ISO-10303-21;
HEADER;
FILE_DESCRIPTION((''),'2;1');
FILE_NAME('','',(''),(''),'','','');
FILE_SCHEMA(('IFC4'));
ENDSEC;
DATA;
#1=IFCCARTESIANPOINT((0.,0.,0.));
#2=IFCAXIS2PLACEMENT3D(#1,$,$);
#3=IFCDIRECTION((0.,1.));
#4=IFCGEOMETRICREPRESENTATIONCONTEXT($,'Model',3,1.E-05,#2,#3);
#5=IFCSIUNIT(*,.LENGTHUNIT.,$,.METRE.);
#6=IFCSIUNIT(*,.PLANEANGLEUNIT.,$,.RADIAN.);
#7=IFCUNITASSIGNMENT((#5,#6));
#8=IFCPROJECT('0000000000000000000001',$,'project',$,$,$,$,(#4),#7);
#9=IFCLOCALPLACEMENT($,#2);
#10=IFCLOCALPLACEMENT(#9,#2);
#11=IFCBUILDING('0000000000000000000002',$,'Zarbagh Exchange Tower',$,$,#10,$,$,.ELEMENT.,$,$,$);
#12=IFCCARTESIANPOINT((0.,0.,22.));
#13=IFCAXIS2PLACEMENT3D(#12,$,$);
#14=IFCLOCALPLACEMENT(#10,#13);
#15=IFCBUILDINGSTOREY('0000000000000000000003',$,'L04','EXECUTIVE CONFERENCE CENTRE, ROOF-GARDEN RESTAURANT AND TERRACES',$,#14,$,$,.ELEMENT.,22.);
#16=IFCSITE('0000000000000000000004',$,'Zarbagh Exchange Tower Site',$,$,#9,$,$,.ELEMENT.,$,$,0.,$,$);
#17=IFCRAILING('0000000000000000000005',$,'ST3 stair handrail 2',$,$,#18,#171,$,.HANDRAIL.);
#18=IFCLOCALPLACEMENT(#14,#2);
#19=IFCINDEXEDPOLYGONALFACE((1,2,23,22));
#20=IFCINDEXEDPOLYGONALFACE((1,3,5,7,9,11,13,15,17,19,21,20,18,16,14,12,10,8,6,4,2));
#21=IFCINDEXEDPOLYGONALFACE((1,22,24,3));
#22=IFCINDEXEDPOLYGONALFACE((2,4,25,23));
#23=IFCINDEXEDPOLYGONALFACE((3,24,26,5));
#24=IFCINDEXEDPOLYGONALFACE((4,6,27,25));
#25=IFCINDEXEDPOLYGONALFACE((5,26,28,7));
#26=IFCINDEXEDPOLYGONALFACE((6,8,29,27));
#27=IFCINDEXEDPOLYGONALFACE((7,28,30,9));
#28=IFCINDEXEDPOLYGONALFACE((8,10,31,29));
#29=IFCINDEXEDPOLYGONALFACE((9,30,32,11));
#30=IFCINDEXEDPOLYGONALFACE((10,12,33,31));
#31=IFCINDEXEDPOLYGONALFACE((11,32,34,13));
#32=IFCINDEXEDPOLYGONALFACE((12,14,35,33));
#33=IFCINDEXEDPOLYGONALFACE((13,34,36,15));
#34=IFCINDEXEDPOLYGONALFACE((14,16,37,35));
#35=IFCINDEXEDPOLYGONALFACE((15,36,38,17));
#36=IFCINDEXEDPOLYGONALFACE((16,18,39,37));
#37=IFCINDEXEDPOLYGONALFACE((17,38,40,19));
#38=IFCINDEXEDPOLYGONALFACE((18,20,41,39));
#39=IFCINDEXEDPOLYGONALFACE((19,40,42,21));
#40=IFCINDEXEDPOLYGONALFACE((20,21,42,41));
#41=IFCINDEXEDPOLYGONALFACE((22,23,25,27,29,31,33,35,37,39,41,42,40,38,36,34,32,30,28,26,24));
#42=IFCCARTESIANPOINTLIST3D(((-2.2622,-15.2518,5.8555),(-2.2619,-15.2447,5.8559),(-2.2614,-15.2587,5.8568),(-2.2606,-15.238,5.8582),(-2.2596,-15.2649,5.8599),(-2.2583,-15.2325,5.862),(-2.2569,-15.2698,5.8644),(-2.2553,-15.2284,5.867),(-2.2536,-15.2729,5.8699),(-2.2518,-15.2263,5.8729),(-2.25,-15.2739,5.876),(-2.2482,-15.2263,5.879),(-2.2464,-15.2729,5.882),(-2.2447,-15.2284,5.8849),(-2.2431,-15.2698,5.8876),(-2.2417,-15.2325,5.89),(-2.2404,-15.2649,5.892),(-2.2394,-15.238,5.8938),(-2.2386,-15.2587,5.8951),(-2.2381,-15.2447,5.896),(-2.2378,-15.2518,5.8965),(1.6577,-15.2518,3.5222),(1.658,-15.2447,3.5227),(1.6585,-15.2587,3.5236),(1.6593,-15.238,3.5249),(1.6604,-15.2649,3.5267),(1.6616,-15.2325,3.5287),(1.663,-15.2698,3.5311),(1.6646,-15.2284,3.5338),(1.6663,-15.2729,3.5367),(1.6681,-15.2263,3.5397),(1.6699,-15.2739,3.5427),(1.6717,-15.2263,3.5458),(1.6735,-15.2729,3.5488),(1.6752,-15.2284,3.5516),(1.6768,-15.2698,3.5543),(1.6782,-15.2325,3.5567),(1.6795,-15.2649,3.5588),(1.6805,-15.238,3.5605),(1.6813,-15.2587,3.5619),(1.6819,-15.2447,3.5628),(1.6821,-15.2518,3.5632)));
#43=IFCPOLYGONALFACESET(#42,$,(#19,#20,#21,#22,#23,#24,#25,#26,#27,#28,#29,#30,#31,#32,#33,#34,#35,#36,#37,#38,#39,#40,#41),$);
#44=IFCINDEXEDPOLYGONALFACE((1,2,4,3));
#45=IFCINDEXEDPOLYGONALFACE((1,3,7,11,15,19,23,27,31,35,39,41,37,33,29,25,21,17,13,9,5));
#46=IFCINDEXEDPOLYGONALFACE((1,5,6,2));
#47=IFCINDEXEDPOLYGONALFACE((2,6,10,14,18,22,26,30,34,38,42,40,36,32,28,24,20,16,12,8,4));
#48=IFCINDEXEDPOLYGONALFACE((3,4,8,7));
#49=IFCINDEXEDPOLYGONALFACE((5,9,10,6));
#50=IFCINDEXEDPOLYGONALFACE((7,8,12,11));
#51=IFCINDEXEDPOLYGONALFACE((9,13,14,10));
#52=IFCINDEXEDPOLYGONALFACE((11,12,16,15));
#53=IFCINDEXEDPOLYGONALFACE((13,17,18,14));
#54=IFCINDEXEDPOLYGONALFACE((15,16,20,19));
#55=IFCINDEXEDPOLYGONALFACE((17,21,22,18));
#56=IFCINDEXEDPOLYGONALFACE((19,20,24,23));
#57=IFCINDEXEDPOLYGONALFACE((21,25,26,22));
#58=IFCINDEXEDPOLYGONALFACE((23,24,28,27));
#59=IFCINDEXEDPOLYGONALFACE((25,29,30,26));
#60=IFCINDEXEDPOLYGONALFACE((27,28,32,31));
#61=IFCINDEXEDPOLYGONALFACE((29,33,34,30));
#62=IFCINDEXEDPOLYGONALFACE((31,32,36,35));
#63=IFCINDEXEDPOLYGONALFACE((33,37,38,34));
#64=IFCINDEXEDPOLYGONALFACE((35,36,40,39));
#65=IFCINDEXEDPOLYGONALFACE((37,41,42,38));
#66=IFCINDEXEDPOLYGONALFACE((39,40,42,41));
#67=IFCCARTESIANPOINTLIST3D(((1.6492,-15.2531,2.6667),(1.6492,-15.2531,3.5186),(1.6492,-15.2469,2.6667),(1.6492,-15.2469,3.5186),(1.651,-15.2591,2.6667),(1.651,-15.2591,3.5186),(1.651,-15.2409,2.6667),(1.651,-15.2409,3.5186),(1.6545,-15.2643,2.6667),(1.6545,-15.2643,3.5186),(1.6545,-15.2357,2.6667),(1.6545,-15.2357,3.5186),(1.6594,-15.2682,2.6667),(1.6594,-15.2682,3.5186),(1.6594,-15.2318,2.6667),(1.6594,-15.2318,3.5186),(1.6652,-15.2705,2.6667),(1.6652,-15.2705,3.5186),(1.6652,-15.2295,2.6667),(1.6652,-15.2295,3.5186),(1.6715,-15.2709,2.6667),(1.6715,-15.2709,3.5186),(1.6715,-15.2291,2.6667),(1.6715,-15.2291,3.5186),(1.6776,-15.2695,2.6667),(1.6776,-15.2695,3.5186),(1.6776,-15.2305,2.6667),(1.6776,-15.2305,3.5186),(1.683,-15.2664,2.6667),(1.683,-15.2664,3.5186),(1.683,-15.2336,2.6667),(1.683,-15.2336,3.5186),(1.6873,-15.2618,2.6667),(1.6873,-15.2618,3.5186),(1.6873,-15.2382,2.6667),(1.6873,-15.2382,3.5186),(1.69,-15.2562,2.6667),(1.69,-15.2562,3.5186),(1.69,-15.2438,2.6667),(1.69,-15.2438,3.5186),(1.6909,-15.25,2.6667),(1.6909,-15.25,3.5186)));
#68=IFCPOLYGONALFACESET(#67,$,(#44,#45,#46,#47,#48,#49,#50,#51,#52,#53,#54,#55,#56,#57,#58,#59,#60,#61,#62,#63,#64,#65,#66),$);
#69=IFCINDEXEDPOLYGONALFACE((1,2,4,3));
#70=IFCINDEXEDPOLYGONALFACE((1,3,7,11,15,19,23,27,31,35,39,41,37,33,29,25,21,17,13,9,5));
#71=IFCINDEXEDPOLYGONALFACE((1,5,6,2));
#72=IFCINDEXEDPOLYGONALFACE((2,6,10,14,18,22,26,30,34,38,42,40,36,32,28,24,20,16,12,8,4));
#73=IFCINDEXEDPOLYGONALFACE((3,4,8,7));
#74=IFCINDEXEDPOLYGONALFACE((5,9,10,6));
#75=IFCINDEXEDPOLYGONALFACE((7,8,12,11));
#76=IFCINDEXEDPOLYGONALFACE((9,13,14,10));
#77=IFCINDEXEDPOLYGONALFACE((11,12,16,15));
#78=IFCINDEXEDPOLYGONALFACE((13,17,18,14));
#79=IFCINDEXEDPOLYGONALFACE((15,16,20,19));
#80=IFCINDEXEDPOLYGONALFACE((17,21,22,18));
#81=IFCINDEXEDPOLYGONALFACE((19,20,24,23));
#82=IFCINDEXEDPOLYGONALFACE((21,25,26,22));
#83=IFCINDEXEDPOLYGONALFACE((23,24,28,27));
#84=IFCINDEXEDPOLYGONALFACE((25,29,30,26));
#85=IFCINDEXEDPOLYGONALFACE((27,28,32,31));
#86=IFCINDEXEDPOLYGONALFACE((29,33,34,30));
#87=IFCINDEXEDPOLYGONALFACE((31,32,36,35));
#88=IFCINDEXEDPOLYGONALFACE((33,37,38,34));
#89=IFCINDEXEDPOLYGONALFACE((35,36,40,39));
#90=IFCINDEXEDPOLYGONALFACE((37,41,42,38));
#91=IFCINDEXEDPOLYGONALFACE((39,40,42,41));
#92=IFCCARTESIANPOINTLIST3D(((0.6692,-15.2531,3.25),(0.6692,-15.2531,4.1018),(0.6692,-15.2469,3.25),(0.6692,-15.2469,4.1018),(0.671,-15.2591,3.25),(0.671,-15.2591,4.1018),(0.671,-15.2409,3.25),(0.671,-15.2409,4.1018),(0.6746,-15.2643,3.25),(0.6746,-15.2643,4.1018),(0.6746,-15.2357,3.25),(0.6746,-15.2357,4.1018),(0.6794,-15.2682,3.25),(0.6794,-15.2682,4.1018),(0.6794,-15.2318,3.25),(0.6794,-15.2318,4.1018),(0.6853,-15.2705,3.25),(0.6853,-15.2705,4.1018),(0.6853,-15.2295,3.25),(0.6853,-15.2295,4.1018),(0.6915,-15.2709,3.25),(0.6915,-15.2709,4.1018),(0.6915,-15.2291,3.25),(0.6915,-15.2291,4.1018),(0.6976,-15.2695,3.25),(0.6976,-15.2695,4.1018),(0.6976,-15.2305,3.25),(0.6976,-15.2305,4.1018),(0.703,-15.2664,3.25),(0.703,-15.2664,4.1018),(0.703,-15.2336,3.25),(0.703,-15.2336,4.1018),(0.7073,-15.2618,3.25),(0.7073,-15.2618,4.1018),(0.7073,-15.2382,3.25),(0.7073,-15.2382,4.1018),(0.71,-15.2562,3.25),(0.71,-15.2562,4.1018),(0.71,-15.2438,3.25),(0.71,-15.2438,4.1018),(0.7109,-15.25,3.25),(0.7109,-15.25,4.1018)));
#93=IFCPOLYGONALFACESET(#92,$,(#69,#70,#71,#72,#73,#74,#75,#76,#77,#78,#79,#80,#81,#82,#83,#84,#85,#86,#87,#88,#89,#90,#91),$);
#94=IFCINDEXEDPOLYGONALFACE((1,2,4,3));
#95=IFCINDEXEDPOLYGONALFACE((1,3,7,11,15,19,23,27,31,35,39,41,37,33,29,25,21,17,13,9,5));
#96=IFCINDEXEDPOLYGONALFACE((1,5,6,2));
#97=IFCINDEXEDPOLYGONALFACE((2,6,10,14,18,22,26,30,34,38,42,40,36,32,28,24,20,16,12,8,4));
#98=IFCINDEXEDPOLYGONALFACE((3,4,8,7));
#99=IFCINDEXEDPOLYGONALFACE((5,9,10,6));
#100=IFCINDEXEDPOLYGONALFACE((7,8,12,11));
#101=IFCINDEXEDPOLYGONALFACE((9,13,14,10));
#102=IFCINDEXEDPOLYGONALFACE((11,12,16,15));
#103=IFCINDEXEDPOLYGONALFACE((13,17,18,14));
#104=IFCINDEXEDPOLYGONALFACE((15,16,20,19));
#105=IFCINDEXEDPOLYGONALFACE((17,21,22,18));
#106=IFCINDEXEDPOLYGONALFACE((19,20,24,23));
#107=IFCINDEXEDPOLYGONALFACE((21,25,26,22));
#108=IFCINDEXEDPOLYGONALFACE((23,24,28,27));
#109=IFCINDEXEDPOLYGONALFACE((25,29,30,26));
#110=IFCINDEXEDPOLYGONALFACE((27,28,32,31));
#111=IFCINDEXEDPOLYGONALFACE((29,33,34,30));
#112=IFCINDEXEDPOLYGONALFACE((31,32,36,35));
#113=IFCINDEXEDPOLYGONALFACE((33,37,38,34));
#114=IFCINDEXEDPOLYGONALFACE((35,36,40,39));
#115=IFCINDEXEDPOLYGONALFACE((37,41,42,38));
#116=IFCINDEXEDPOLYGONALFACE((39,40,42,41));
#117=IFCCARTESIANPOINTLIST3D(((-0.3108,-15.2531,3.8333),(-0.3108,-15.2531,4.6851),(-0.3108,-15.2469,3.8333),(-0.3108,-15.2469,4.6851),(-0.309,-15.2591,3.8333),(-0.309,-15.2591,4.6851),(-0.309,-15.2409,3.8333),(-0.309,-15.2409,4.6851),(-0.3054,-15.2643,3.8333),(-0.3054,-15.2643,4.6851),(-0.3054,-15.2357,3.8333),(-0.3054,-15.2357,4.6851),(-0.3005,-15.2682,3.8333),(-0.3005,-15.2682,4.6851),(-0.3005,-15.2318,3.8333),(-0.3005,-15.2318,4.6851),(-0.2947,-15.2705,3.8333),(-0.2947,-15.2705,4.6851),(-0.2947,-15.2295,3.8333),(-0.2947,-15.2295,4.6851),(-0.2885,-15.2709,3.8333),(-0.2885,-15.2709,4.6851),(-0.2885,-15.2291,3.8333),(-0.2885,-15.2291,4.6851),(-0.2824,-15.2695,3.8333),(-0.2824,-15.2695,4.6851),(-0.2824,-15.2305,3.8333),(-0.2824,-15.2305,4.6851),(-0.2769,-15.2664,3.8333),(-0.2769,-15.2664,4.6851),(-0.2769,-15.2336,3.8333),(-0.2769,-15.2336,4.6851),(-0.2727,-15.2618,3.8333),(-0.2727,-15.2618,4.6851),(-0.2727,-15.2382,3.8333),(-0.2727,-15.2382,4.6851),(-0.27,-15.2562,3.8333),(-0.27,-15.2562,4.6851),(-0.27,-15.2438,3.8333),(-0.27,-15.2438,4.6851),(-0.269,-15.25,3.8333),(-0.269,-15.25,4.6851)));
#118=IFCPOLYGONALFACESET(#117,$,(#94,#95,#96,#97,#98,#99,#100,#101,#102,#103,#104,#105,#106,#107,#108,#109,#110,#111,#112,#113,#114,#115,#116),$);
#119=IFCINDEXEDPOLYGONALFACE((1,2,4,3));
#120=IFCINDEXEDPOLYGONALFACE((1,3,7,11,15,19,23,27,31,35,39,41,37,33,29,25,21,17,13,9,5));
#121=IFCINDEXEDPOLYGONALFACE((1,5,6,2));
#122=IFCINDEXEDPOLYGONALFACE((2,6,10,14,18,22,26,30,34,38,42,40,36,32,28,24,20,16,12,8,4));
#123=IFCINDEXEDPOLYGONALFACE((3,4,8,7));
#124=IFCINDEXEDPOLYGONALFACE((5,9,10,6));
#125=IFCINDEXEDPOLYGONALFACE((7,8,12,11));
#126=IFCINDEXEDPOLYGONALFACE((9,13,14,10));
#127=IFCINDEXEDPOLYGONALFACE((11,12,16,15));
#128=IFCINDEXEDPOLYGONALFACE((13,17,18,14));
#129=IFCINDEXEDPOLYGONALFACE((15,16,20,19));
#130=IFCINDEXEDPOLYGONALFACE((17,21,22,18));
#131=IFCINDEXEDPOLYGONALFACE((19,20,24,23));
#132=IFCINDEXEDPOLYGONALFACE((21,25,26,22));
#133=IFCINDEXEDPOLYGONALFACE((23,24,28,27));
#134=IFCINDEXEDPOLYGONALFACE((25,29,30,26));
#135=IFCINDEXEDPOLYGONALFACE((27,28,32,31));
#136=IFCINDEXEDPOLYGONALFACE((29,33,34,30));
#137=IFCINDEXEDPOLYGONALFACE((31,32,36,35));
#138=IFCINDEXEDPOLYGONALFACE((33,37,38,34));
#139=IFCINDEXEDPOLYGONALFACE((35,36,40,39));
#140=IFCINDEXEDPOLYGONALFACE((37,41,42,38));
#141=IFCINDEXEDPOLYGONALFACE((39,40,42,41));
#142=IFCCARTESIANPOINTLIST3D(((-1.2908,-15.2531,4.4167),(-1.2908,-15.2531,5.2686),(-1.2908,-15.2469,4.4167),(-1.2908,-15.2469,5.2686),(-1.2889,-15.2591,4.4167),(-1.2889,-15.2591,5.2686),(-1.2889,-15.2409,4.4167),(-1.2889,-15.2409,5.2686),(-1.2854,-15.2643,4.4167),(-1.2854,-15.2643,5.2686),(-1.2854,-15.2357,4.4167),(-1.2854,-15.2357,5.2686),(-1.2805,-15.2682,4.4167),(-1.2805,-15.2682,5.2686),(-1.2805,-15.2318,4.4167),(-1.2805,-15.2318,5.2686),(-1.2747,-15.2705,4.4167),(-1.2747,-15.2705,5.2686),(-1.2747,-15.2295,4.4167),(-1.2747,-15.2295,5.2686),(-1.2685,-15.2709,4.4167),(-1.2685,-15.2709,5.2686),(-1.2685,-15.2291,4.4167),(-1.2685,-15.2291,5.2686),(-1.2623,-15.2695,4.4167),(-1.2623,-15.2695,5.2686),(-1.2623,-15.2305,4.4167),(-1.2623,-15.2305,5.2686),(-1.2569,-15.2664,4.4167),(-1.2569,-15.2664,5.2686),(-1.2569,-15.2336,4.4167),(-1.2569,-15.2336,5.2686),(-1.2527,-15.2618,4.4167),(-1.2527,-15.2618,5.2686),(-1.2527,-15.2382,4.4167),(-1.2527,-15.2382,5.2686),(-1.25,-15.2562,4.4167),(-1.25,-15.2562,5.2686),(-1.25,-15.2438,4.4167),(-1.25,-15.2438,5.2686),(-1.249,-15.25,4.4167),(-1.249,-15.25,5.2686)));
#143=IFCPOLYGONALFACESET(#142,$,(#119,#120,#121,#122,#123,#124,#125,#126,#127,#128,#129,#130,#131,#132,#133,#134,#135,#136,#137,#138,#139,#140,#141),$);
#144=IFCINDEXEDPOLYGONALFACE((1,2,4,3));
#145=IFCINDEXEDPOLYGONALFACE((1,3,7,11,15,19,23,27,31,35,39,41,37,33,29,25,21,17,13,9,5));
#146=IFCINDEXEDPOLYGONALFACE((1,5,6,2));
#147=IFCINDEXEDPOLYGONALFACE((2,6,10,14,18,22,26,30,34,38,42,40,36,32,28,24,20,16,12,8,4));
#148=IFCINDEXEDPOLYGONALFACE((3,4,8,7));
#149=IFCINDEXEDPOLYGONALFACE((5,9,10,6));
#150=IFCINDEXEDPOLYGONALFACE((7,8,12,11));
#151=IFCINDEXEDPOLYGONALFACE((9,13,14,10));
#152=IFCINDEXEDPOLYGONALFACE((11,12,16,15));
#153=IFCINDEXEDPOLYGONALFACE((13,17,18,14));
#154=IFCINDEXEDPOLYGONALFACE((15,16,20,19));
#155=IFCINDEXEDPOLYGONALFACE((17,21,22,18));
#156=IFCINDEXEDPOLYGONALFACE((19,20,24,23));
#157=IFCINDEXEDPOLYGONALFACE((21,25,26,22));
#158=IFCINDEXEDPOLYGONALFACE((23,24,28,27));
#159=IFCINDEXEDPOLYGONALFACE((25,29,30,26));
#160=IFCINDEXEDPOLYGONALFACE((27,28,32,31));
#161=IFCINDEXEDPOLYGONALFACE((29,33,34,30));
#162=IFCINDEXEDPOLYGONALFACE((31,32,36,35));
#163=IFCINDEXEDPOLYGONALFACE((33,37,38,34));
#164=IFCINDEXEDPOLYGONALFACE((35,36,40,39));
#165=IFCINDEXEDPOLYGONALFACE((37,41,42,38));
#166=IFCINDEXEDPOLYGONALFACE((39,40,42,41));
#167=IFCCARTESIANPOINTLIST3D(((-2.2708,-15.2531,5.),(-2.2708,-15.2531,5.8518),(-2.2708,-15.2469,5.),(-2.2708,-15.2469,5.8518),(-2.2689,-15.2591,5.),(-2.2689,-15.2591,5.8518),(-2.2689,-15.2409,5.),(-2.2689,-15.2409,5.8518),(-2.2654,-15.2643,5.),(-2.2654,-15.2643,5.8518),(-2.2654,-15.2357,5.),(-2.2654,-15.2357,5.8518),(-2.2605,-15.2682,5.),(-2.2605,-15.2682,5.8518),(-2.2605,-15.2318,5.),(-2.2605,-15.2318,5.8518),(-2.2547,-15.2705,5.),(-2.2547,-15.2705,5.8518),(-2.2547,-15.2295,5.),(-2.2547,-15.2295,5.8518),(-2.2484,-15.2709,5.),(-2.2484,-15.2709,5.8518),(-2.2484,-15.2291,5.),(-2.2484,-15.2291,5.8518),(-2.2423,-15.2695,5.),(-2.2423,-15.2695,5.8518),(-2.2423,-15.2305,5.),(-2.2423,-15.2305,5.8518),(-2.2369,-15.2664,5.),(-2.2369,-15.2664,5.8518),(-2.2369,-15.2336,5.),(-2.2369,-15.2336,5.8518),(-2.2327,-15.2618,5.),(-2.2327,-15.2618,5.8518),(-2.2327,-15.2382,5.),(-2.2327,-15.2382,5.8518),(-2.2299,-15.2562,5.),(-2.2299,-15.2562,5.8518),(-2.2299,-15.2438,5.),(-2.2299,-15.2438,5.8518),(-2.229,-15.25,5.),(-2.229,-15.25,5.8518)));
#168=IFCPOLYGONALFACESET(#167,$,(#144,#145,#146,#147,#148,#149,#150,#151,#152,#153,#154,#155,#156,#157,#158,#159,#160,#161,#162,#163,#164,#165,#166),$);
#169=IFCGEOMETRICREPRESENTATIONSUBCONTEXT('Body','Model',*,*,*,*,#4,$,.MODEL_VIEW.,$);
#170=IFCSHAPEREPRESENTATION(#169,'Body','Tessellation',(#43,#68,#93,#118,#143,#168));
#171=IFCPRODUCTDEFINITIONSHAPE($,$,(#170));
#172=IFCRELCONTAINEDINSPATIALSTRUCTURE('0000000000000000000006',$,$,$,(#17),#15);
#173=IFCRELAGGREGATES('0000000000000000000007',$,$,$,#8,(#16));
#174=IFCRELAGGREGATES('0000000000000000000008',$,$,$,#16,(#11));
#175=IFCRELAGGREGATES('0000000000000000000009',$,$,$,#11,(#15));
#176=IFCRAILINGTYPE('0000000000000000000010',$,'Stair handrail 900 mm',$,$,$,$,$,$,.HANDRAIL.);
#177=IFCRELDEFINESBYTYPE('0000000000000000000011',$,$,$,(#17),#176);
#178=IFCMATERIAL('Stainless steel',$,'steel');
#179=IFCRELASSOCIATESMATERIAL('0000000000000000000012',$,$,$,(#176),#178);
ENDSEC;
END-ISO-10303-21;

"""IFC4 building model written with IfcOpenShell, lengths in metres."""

from ifc_helpers import new_model, si_unit, direction, frame, origin, origin_2d, place, context, subcontext, project, spatial, circle, extrude, material, type_object, element, save


model = new_model("IFC4")

# Units and contexts
model_context = context("Model", 3, precision=1e-05, world=origin(), true_north=direction((0.0, 1.0)))
body_context = subcontext(model_context, "Body", "Model", "MODEL_VIEW")
ifc_project = project(units=[si_unit("LENGTHUNIT", "METRE"), si_unit("PLANEANGLEUNIT", "RADIAN")], contexts=[model_context])

# Site, building, storey
site_placement = place(None, origin())
site = spatial("IfcSite", under=ifc_project, at=site_placement, Name="Zarbagh Exchange Tower Site", CompositionType="ELEMENT", RefElevation=0.0)
building_placement = place(site_placement, origin())
building = spatial("IfcBuilding", under=site, at=building_placement, Name="Zarbagh Exchange Tower", CompositionType="ELEMENT")
storey_placement = place(building_placement, frame((0.0, 0.0, 22.0)))
storey = spatial("IfcBuildingStorey", under=building, at=storey_placement, Name="L04", Description="EXECUTIVE CONFERENCE CENTRE, ROOF-GARDEN RESTAURANT AND TERRACES", CompositionType="ELEMENT", Elevation=22.0)

# Railing
ifc_material_1 = material(Name="Stainless steel", Category="steel")
railing_type_1 = type_object("IfcRailingType", Name="Stair handrail 900 mm", PredefinedType="HANDRAIL", material=ifc_material_1)
for number, where, name in (
    (1, (1.6699, -15.25, 2.6667), "ST3 stair handrail 2"),
):
    element("IfcRailing", number, at=place(storey_placement, frame(where)), inside=storey, type_object=railing_type_1, Name=name, PredefinedType="HANDRAIL", context=body_context, shape_type="SweptSolid", body=[
        extrude(circle(Radius=0.0239, at=origin_2d()), frame((0.0, 0.0, 0.876), z_axis=(-0.859296, 0.0, 0.511478), x_axis=(0.0, -1.0, 0.0)), (0.0, 0.0, 1.0), 4.5618),
        extrude(circle(Radius=0.021, at=origin_2d()), origin(), (0.0, 0.0, 1.0), 0.8518),
        extrude(circle(Radius=0.021, at=origin_2d()), frame((-0.98, 0.0, 0.5833)), (0.0, 0.0, 1.0), 0.8518),
        extrude(circle(Radius=0.021, at=origin_2d()), frame((-1.96, 0.0, 1.1665)), (0.0, 0.0, 1.0), 0.8518),
        extrude(circle(Radius=0.021, at=origin_2d()), frame((-2.9399, 0.0, 1.75)), (0.0, 0.0, 1.0), 0.8518),
        extrude(circle(Radius=0.021, at=origin_2d()), frame((-3.9199, 0.0, 2.3333)), (0.0, 0.0, 1.0), 0.8518),
    ])

save(model, "model.ifc")
